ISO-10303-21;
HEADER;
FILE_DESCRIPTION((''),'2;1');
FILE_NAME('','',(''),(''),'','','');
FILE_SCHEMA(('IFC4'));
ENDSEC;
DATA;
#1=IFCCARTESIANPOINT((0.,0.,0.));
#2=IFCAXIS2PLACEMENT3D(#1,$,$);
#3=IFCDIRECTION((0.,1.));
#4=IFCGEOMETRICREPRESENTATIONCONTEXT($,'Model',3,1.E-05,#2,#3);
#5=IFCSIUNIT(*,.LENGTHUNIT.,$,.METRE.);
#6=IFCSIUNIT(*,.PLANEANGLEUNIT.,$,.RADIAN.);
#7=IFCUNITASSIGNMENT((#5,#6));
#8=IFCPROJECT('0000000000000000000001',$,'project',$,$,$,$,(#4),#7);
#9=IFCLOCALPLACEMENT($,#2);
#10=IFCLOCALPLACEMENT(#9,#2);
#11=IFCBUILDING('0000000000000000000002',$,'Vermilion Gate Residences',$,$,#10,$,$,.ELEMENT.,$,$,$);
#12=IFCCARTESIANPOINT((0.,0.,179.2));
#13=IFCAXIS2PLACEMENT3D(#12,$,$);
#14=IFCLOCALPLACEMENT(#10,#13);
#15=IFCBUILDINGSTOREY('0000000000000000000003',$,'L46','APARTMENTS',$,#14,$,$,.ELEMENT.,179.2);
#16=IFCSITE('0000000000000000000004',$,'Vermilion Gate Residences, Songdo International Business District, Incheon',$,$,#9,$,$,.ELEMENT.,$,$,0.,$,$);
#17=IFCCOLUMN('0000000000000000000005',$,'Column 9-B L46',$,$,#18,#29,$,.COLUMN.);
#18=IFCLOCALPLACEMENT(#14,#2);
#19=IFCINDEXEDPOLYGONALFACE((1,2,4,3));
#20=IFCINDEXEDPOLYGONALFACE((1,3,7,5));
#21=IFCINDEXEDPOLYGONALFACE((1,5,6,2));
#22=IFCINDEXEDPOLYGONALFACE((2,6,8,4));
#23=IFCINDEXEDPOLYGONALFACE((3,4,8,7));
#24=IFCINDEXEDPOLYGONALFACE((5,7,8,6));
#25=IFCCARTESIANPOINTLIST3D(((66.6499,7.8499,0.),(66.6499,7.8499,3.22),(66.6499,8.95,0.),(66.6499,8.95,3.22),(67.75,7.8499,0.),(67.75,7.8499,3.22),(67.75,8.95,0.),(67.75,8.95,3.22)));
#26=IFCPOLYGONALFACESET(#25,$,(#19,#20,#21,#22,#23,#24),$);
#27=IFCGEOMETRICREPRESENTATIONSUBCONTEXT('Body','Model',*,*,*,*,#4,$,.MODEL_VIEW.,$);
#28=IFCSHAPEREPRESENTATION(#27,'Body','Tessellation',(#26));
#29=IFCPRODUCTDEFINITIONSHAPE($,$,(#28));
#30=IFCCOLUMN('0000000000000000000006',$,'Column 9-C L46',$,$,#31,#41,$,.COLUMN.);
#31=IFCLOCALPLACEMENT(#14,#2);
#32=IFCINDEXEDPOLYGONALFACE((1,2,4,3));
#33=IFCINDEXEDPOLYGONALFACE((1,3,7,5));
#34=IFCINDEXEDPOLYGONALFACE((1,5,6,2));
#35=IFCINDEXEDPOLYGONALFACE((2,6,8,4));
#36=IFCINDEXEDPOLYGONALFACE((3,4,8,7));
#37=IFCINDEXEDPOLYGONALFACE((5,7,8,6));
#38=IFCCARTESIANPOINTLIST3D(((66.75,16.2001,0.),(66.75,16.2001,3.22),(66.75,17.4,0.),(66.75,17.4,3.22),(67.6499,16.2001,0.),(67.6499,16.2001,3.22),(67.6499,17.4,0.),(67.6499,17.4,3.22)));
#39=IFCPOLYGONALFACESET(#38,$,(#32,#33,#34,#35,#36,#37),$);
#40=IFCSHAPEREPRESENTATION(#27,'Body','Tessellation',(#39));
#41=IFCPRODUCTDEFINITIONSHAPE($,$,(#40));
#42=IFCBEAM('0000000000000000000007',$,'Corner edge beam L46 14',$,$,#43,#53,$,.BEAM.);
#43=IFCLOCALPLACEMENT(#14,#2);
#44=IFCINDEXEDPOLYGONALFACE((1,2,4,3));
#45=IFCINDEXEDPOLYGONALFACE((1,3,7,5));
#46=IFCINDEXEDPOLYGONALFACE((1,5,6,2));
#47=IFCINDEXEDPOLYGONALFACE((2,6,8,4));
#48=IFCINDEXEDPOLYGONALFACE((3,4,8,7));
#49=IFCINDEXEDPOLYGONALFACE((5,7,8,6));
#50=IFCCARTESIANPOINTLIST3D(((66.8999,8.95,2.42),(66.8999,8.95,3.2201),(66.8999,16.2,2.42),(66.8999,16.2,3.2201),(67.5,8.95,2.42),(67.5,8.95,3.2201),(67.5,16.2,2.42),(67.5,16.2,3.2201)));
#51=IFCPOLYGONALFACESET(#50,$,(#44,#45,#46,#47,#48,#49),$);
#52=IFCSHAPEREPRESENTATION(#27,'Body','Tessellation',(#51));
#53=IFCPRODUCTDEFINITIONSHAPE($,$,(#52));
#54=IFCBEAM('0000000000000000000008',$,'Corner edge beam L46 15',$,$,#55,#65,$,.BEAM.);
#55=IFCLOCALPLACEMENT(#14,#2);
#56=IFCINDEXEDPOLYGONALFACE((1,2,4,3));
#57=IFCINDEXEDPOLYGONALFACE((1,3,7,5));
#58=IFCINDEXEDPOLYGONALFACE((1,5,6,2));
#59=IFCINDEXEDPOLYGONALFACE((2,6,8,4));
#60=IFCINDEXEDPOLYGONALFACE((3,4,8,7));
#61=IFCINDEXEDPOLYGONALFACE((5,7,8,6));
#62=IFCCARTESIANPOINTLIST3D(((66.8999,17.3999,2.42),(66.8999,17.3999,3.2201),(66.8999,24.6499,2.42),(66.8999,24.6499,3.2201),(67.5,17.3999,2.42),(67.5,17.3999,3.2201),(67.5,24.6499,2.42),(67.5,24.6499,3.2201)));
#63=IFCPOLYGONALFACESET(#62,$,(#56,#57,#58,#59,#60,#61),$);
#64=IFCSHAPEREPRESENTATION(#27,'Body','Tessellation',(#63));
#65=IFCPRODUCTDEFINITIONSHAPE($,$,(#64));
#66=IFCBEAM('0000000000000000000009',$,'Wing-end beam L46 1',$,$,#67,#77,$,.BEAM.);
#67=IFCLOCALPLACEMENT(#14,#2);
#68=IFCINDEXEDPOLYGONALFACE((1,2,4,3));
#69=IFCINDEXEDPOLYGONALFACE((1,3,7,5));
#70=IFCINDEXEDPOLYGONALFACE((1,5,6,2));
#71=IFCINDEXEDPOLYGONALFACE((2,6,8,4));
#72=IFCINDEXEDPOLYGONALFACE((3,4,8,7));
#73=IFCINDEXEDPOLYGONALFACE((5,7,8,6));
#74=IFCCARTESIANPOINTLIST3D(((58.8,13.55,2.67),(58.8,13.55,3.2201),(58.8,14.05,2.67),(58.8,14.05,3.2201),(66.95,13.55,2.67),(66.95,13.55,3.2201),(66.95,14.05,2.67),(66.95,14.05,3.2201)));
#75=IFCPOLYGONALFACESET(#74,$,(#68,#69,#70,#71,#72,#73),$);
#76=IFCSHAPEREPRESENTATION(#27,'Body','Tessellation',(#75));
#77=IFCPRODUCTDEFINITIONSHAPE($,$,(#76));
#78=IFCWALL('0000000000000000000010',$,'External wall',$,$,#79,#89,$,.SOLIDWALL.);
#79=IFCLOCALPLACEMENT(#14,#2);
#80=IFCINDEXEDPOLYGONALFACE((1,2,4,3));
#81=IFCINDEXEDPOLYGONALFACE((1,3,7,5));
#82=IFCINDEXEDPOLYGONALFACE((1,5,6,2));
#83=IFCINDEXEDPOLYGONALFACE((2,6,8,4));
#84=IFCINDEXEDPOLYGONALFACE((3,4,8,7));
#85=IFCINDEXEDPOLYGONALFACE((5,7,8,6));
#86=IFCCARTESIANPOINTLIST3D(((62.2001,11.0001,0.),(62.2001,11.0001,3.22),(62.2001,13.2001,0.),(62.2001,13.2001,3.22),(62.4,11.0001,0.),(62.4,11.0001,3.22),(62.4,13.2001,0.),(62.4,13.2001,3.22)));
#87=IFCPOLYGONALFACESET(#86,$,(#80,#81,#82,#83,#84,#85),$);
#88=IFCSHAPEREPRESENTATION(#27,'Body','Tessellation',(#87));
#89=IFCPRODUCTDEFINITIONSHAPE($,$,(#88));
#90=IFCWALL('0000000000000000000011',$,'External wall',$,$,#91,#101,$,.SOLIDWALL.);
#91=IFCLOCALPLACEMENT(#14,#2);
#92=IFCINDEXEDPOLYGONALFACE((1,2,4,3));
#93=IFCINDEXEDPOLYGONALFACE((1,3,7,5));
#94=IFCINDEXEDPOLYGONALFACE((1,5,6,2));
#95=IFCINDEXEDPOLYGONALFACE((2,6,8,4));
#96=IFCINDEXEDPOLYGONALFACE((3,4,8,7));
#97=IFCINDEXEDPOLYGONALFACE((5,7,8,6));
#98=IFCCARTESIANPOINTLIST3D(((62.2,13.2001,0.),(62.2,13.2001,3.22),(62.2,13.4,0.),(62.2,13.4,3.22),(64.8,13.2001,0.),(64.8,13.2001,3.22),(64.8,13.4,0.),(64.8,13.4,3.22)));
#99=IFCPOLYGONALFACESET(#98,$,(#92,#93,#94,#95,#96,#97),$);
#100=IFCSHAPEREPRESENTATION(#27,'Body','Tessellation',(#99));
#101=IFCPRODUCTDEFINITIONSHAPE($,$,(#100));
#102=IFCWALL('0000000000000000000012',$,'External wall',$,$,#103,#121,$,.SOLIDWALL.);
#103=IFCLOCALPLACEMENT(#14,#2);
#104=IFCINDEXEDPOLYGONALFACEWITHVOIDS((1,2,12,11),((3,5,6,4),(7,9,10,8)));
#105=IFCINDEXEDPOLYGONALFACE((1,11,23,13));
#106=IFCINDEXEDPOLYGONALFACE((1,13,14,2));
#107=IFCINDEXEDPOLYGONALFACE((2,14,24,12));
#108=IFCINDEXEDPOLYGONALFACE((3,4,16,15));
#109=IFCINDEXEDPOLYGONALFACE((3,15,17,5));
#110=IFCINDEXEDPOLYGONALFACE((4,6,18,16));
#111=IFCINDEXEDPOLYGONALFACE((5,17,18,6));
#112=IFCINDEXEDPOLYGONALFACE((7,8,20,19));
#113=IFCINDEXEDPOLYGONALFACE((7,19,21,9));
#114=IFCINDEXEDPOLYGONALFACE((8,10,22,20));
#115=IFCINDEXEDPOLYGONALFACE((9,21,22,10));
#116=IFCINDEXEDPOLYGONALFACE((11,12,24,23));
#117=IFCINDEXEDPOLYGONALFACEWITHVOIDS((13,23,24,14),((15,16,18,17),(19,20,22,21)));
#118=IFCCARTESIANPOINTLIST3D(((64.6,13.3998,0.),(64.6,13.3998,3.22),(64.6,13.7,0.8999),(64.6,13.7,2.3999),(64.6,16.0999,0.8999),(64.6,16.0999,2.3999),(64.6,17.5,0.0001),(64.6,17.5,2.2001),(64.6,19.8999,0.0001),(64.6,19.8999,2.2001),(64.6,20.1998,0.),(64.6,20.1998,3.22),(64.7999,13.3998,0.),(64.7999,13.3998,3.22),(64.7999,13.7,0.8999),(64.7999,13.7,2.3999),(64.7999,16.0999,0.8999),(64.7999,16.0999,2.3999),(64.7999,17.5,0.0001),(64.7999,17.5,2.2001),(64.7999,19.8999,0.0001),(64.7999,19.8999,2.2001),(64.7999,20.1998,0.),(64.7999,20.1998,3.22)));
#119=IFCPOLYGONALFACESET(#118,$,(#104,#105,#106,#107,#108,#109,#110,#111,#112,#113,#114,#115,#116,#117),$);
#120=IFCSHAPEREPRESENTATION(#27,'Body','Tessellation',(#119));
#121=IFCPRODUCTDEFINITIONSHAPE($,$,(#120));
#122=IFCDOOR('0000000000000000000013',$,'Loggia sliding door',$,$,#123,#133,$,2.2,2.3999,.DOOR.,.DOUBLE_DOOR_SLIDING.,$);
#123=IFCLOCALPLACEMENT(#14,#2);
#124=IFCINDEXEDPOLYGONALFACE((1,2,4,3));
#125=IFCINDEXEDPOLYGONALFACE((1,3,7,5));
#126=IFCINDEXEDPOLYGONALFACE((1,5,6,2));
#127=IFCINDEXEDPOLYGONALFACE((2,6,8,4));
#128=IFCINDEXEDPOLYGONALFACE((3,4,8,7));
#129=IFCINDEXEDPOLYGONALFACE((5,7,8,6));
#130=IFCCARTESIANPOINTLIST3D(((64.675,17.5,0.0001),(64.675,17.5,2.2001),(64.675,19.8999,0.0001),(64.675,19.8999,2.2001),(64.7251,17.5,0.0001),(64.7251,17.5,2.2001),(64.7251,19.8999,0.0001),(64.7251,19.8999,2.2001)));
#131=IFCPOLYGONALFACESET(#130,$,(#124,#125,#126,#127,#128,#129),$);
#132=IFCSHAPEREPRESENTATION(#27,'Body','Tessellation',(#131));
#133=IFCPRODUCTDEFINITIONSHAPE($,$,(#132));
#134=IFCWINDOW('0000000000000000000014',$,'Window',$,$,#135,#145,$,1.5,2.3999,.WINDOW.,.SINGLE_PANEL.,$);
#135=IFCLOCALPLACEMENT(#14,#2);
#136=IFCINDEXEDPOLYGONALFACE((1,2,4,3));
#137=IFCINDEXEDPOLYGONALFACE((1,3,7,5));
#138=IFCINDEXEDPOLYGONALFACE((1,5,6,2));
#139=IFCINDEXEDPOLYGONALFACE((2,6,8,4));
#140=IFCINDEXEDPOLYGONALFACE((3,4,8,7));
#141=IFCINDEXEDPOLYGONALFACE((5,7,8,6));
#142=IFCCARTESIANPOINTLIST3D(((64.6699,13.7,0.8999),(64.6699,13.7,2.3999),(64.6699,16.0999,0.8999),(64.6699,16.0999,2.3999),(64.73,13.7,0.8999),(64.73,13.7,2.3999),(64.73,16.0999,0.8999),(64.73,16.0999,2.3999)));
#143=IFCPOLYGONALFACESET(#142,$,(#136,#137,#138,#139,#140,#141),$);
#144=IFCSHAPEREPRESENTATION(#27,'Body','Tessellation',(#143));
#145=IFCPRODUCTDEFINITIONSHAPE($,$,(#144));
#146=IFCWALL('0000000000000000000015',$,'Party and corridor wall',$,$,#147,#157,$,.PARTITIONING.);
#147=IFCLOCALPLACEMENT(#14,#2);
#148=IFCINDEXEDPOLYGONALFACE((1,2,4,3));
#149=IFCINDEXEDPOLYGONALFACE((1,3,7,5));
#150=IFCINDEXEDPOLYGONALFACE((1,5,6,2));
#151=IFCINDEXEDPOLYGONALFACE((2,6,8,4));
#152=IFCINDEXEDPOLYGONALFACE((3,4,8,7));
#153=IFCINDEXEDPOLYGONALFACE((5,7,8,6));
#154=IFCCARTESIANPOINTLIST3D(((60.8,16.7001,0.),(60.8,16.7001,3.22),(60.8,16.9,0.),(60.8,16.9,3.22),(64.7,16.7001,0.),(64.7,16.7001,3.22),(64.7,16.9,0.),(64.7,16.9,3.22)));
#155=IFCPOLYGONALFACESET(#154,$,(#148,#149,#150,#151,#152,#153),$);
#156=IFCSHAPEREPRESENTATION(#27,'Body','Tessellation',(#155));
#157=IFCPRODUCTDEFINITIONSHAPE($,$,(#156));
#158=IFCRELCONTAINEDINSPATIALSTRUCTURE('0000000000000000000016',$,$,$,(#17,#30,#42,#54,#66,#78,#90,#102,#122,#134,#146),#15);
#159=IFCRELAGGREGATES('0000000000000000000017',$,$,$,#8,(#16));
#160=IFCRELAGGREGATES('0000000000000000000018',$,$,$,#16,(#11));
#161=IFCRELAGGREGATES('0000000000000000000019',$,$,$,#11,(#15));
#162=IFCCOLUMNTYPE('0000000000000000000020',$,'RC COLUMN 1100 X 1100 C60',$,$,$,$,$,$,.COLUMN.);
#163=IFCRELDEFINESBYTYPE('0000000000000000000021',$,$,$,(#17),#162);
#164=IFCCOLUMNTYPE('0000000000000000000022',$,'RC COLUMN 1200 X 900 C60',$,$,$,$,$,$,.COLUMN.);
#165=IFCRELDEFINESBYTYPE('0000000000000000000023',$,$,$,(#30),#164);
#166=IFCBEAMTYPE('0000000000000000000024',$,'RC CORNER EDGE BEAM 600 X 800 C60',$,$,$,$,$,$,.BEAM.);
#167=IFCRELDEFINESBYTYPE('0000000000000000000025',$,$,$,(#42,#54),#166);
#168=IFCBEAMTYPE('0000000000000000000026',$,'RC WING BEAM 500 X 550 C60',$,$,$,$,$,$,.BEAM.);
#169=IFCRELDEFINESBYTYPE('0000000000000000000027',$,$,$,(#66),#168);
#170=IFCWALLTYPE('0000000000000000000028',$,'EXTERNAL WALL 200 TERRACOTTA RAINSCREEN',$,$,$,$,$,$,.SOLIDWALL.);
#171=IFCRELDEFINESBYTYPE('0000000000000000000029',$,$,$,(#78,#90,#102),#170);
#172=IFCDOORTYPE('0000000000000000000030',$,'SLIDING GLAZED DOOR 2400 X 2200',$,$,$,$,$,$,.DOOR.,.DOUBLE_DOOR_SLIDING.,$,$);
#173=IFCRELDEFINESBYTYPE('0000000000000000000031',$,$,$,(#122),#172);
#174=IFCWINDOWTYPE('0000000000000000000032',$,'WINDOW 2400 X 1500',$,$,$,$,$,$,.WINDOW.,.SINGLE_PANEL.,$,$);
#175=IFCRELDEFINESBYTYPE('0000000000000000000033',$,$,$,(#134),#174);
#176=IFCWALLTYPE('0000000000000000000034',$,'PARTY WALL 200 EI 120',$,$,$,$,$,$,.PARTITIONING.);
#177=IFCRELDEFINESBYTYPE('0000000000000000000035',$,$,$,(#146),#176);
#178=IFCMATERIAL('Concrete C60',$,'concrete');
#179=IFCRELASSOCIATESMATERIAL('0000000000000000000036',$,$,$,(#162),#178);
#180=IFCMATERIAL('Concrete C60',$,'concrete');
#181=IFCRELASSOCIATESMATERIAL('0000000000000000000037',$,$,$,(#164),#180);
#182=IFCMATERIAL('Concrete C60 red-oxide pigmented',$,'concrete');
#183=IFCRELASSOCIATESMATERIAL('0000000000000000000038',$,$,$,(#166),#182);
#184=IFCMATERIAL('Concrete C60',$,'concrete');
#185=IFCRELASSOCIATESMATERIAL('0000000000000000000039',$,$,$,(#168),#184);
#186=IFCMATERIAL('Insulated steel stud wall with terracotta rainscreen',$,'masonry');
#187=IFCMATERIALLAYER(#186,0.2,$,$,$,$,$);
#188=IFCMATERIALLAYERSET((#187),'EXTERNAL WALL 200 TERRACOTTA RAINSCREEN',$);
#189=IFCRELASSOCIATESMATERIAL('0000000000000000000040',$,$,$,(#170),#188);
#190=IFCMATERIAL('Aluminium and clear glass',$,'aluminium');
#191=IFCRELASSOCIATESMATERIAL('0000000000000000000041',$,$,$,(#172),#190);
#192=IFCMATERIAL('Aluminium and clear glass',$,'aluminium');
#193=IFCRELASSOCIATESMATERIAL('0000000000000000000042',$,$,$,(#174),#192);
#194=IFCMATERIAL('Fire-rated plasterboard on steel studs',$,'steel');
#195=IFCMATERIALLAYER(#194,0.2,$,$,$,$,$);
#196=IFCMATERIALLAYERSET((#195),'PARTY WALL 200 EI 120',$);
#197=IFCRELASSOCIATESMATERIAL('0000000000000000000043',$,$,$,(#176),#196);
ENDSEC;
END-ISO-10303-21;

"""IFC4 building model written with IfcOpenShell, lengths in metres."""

from ifc_helpers import new_model, si_unit, direction, frame, frame_2d, origin, origin_2d, place, context, subcontext, project, spatial, rectangle, extrude, material, layer, layer_set, material_profile, profile_set, type_object, element, fill, save


model = new_model("IFC4")

# Units and contexts
model_context = context("Model", 3, precision=1e-05, world=origin(), true_north=direction((0.0, 1.0)))
body_context = subcontext(model_context, "Body", "Model", "MODEL_VIEW")
ifc_project = project(units=[si_unit("LENGTHUNIT", "METRE"), si_unit("PLANEANGLEUNIT", "RADIAN")], contexts=[model_context])

# Site, building, storey
site_placement = place(None, origin())
site = spatial("IfcSite", under=ifc_project, at=site_placement, Name="Vermilion Gate Residences, Songdo International Business District, Incheon", CompositionType="ELEMENT", RefElevation=0.0)
building_placement = place(site_placement, origin())
building = spatial("IfcBuilding", under=site, at=building_placement, Name="Vermilion Gate Residences", CompositionType="ELEMENT")
storey_placement = place(building_placement, frame((0.0, 0.0, 179.2)))
storey = spatial("IfcBuildingStorey", under=building, at=storey_placement, Name="L46", Description="APARTMENTS", CompositionType="ELEMENT", Elevation=179.2)

# Columns
ifc_material_1 = material(Name="Concrete C60", Category="concrete")
ifc_material_profile_1 = material_profile(ifc_material_1, rectangle(XDim=1.1001, YDim=1.1001, at=origin_2d()), Name="RC-1100x1100")
ifc_profile_set_1 = profile_set([ifc_material_profile_1], Name="Concrete C60")
column_type_1 = type_object("IfcColumnType", Name="RC COLUMN 1100 X 1100 C60", PredefinedType="COLUMN", material=ifc_profile_set_1)
column_1_placement = place(storey_placement, frame((67.2, 8.3999, 0.0), z_axis=(0.0, 0.0, 1.0), x_axis=(1.0, 0.0, 0.0)))
element("IfcColumn", 1, at=column_1_placement, inside=storey, type_object=column_type_1, Name="Column 9-B L46", PredefinedType="COLUMN", context=body_context, shape_type="SweptSolid", body=[
    extrude(rectangle(XDim=1.1001, YDim=1.1001, at=origin_2d()), origin(), (0.0, 0.0, 1.0), 3.22),
])
ifc_material_2 = material(Name="Concrete C60", Category="concrete")
ifc_material_profile_2 = material_profile(ifc_material_2, rectangle(XDim=1.2, YDim=0.8999, at=origin_2d()), Name="RC-1200x900")
ifc_profile_set_2 = profile_set([ifc_material_profile_2], Name="Concrete C60")
column_type_2 = type_object("IfcColumnType", Name="RC COLUMN 1200 X 900 C60", PredefinedType="COLUMN", material=ifc_profile_set_2)
column_2_placement = place(storey_placement, frame((67.2, 16.8, 0.0), z_axis=(0.0, 0.0, 1.0), x_axis=(0.0, 1.0, 0.0)))
element("IfcColumn", 2, at=column_2_placement, inside=storey, type_object=column_type_2, Name="Column 9-C L46", PredefinedType="COLUMN", context=body_context, shape_type="SweptSolid", body=[
    extrude(rectangle(XDim=1.2, YDim=0.8999, at=origin_2d()), origin(), (0.0, 0.0, 1.0), 3.22),
])

# Beams
ifc_material_3 = material(Name="Concrete C60 red-oxide pigmented", Category="concrete")
ifc_material_profile_3 = material_profile(ifc_material_3, rectangle(XDim=0.6001, YDim=0.8, at=origin_2d()), Name="RC-600x800")
ifc_profile_set_3 = profile_set([ifc_material_profile_3], Name="Concrete C60 red-oxide pigmented")
beam_type_1 = type_object("IfcBeamType", Name="RC CORNER EDGE BEAM 600 X 800 C60", PredefinedType="BEAM", material=ifc_profile_set_3)
for number, where, z_axis, x_axis, name in (
    (3, (67.2, 8.95, 2.8201), (0.0, 1.0, 0.0), (-1.0, 0.0, 0.0), "Corner edge beam L46 14"),
    (4, (67.2, 17.3999, 2.8201), (0.0, 1.0, 0.0), (-1.0, 0.0, 0.0), "Corner edge beam L46 15"),
):
    element("IfcBeam", number, at=place(storey_placement, frame(where, z_axis=z_axis, x_axis=x_axis)), inside=storey, type_object=beam_type_1, Name=name, PredefinedType="BEAM", context=body_context, shape_type="SweptSolid", body=[
        extrude(rectangle(XDim=0.6001, YDim=0.8, at=origin_2d()), origin(), (0.0, 0.0, 1.0), 7.25),
    ])
ifc_material_4 = material(Name="Concrete C60", Category="concrete")
ifc_material_profile_4 = material_profile(ifc_material_4, rectangle(XDim=0.5, YDim=0.55, at=origin_2d()), Name="RC-500x550")
ifc_profile_set_4 = profile_set([ifc_material_profile_4], Name="Concrete C60")
beam_type_2 = type_object("IfcBeamType", Name="RC WING BEAM 500 X 550 C60", PredefinedType="BEAM", material=ifc_profile_set_4)
beam_placement = place(storey_placement, frame((58.8, 13.8, 2.9451), z_axis=(1.0, 0.0, 0.0), x_axis=(0.0, 1.0, 0.0)))
element("IfcBeam", 5, at=beam_placement, inside=storey, type_object=beam_type_2, Name="Wing-end beam L46 1", PredefinedType="BEAM", context=body_context, shape_type="SweptSolid", body=[
    extrude(rectangle(XDim=0.5, YDim=0.55, at=origin_2d()), origin(), (0.0, 0.0, 1.0), 8.1499),
])

# Walls
ifc_material_5 = material(Name="Insulated steel stud wall with terracotta rainscreen", Category="masonry")
ifc_layer_1 = layer(ifc_material_5, 0.2)
ifc_layer_set_1 = layer_set([ifc_layer_1], Name="EXTERNAL WALL 200 TERRACOTTA RAINSCREEN")
wall_type_1 = type_object("IfcWallType", Name="EXTERNAL WALL 200 TERRACOTTA RAINSCREEN", PredefinedType="SOLIDWALL", material=ifc_layer_set_1)
wall_1_placement = place(storey_placement, frame((62.3, 11.0, 0.0), z_axis=(0.0, 0.0, 1.0), x_axis=(0.0, 1.0, 0.0)))
element("IfcWall", 6, at=wall_1_placement, inside=storey, type_object=wall_type_1, Name="External wall", PredefinedType="SOLIDWALL", context=body_context, shape_type="SweptSolid", body=[
    extrude(rectangle(XDim=2.2, YDim=0.2, at=frame_2d((1.1001, 0.0))), origin(), (0.0, 0.0, 1.0), 3.22),
])
wall_2_placement = place(storey_placement, frame((62.2, 13.3, 0.0), z_axis=(0.0, 0.0, 1.0), x_axis=(1.0, 0.0, 0.0)))
element("IfcWall", 7, at=wall_2_placement, inside=storey, type_object=wall_type_1, Name="External wall", PredefinedType="SOLIDWALL", context=body_context, shape_type="SweptSolid", body=[
    extrude(rectangle(XDim=2.6001, YDim=0.2, at=frame_2d((1.3, 0.0))), origin(), (0.0, 0.0, 1.0), 3.22),
])

# Wall, openings, door, window
wall_3_placement = place(storey_placement, frame((64.7, 13.3999, 0.0), z_axis=(0.0, 0.0, 1.0), x_axis=(0.0, 1.0, 0.0)))
wall_3 = element("IfcWall", 8, at=wall_3_placement, inside=storey, type_object=wall_type_1, Name="External wall", PredefinedType="SOLIDWALL", context=body_context, shape_type="SweptSolid", body=[
    extrude(rectangle(XDim=6.8, YDim=0.2, at=frame_2d((3.3999, 0.0))), origin(), (0.0, 0.0, 1.0), 3.22),
])
opening_1_placement = place(wall_3_placement, frame((0.3, 0.0, 0.8999)))
opening_1 = element("IfcOpeningElement", 9, at=opening_1_placement, cuts=wall_3, PredefinedType="OPENING", context=body_context, shape_type="SweptSolid", body=[
    extrude(rectangle(XDim=2.3999, YDim=1.5, at=frame_2d((1.2, 0.75))), frame((0.0, 0.1099, 0.0), z_axis=(0.0, -1.0, 0.0), x_axis=(1.0, 0.0, 0.0)), (0.0, 0.0, 1.0), 0.22),
])
opening_2_placement = place(wall_3_placement, frame((4.1001, 0.0, 0.0)))
opening_2 = element("IfcOpeningElement", 10, at=opening_2_placement, cuts=wall_3, PredefinedType="OPENING", context=body_context, shape_type="SweptSolid", body=[
    extrude(rectangle(XDim=2.3999, YDim=2.2, at=frame_2d((1.2, 1.1001))), frame((0.0, 0.1099, 0.0), z_axis=(0.0, -1.0, 0.0), x_axis=(1.0, 0.0, 0.0)), (0.0, 0.0, 1.0), 0.22),
])
ifc_material_6 = material(Name="Aluminium and clear glass", Category="aluminium")
door_type_1 = type_object("IfcDoorType", Name="SLIDING GLAZED DOOR 2400 X 2200", OperationType="DOUBLE_DOOR_SLIDING", PredefinedType="DOOR", material=ifc_material_6)
door_1_placement = place(opening_2_placement, origin())
door_1 = element("IfcDoor", 11, at=door_1_placement, inside=storey, type_object=door_type_1, Name="Loggia sliding door", OperationType="DOUBLE_DOOR_SLIDING", OverallHeight=2.2, OverallWidth=2.3999, PredefinedType="DOOR", context=body_context, shape_type="SweptSolid", body=[
    extrude(rectangle(XDim=2.3999, YDim=2.2, at=frame_2d((1.2, 1.1001))), frame((0.0, 0.0249, 0.0), z_axis=(0.0, -1.0, 0.0), x_axis=(1.0, 0.0, 0.0)), (0.0, 0.0, 1.0), 0.05),
])
fill(opening_2, door_1)
ifc_material_7 = material(Name="Aluminium and clear glass", Category="aluminium")
window_type = type_object("IfcWindowType", Name="WINDOW 2400 X 1500", PartitioningType="SINGLE_PANEL", PredefinedType="WINDOW", material=ifc_material_7)
window_placement = place(opening_1_placement, origin())
window = element("IfcWindow", 12, at=window_placement, inside=storey, type_object=window_type, Name="Window", OverallHeight=1.5, OverallWidth=2.3999, PartitioningType="SINGLE_PANEL", PredefinedType="WINDOW", context=body_context, shape_type="SweptSolid", body=[
    extrude(rectangle(XDim=2.3999, YDim=1.5, at=frame_2d((1.2, 0.75))), frame((0.0, 0.03, 0.0), z_axis=(0.0, -1.0, 0.0), x_axis=(1.0, 0.0, 0.0)), (0.0, 0.0, 1.0), 0.0601),
])
fill(opening_1, window)

# Wall
ifc_material_8 = material(Name="Fire-rated plasterboard on steel studs", Category="steel")
ifc_layer_2 = layer(ifc_material_8, 0.2)
ifc_layer_set_2 = layer_set([ifc_layer_2], Name="PARTY WALL 200 EI 120")
wall_type_2 = type_object("IfcWallType", Name="PARTY WALL 200 EI 120", PredefinedType="PARTITIONING", material=ifc_layer_set_2)
wall_4_placement = place(storey_placement, frame((60.8, 16.8, 0.0), z_axis=(0.0, 0.0, 1.0), x_axis=(1.0, 0.0, 0.0)))
element("IfcWall", 13, at=wall_4_placement, inside=storey, type_object=wall_type_2, Name="Party and corridor wall", PredefinedType="PARTITIONING", context=body_context, shape_type="SweptSolid", body=[
    extrude(rectangle(XDim=3.8999, YDim=0.2, at=frame_2d((1.95, 0.0))), origin(), (0.0, 0.0, 1.0), 3.22),
])

save(model, "model.ifc")
